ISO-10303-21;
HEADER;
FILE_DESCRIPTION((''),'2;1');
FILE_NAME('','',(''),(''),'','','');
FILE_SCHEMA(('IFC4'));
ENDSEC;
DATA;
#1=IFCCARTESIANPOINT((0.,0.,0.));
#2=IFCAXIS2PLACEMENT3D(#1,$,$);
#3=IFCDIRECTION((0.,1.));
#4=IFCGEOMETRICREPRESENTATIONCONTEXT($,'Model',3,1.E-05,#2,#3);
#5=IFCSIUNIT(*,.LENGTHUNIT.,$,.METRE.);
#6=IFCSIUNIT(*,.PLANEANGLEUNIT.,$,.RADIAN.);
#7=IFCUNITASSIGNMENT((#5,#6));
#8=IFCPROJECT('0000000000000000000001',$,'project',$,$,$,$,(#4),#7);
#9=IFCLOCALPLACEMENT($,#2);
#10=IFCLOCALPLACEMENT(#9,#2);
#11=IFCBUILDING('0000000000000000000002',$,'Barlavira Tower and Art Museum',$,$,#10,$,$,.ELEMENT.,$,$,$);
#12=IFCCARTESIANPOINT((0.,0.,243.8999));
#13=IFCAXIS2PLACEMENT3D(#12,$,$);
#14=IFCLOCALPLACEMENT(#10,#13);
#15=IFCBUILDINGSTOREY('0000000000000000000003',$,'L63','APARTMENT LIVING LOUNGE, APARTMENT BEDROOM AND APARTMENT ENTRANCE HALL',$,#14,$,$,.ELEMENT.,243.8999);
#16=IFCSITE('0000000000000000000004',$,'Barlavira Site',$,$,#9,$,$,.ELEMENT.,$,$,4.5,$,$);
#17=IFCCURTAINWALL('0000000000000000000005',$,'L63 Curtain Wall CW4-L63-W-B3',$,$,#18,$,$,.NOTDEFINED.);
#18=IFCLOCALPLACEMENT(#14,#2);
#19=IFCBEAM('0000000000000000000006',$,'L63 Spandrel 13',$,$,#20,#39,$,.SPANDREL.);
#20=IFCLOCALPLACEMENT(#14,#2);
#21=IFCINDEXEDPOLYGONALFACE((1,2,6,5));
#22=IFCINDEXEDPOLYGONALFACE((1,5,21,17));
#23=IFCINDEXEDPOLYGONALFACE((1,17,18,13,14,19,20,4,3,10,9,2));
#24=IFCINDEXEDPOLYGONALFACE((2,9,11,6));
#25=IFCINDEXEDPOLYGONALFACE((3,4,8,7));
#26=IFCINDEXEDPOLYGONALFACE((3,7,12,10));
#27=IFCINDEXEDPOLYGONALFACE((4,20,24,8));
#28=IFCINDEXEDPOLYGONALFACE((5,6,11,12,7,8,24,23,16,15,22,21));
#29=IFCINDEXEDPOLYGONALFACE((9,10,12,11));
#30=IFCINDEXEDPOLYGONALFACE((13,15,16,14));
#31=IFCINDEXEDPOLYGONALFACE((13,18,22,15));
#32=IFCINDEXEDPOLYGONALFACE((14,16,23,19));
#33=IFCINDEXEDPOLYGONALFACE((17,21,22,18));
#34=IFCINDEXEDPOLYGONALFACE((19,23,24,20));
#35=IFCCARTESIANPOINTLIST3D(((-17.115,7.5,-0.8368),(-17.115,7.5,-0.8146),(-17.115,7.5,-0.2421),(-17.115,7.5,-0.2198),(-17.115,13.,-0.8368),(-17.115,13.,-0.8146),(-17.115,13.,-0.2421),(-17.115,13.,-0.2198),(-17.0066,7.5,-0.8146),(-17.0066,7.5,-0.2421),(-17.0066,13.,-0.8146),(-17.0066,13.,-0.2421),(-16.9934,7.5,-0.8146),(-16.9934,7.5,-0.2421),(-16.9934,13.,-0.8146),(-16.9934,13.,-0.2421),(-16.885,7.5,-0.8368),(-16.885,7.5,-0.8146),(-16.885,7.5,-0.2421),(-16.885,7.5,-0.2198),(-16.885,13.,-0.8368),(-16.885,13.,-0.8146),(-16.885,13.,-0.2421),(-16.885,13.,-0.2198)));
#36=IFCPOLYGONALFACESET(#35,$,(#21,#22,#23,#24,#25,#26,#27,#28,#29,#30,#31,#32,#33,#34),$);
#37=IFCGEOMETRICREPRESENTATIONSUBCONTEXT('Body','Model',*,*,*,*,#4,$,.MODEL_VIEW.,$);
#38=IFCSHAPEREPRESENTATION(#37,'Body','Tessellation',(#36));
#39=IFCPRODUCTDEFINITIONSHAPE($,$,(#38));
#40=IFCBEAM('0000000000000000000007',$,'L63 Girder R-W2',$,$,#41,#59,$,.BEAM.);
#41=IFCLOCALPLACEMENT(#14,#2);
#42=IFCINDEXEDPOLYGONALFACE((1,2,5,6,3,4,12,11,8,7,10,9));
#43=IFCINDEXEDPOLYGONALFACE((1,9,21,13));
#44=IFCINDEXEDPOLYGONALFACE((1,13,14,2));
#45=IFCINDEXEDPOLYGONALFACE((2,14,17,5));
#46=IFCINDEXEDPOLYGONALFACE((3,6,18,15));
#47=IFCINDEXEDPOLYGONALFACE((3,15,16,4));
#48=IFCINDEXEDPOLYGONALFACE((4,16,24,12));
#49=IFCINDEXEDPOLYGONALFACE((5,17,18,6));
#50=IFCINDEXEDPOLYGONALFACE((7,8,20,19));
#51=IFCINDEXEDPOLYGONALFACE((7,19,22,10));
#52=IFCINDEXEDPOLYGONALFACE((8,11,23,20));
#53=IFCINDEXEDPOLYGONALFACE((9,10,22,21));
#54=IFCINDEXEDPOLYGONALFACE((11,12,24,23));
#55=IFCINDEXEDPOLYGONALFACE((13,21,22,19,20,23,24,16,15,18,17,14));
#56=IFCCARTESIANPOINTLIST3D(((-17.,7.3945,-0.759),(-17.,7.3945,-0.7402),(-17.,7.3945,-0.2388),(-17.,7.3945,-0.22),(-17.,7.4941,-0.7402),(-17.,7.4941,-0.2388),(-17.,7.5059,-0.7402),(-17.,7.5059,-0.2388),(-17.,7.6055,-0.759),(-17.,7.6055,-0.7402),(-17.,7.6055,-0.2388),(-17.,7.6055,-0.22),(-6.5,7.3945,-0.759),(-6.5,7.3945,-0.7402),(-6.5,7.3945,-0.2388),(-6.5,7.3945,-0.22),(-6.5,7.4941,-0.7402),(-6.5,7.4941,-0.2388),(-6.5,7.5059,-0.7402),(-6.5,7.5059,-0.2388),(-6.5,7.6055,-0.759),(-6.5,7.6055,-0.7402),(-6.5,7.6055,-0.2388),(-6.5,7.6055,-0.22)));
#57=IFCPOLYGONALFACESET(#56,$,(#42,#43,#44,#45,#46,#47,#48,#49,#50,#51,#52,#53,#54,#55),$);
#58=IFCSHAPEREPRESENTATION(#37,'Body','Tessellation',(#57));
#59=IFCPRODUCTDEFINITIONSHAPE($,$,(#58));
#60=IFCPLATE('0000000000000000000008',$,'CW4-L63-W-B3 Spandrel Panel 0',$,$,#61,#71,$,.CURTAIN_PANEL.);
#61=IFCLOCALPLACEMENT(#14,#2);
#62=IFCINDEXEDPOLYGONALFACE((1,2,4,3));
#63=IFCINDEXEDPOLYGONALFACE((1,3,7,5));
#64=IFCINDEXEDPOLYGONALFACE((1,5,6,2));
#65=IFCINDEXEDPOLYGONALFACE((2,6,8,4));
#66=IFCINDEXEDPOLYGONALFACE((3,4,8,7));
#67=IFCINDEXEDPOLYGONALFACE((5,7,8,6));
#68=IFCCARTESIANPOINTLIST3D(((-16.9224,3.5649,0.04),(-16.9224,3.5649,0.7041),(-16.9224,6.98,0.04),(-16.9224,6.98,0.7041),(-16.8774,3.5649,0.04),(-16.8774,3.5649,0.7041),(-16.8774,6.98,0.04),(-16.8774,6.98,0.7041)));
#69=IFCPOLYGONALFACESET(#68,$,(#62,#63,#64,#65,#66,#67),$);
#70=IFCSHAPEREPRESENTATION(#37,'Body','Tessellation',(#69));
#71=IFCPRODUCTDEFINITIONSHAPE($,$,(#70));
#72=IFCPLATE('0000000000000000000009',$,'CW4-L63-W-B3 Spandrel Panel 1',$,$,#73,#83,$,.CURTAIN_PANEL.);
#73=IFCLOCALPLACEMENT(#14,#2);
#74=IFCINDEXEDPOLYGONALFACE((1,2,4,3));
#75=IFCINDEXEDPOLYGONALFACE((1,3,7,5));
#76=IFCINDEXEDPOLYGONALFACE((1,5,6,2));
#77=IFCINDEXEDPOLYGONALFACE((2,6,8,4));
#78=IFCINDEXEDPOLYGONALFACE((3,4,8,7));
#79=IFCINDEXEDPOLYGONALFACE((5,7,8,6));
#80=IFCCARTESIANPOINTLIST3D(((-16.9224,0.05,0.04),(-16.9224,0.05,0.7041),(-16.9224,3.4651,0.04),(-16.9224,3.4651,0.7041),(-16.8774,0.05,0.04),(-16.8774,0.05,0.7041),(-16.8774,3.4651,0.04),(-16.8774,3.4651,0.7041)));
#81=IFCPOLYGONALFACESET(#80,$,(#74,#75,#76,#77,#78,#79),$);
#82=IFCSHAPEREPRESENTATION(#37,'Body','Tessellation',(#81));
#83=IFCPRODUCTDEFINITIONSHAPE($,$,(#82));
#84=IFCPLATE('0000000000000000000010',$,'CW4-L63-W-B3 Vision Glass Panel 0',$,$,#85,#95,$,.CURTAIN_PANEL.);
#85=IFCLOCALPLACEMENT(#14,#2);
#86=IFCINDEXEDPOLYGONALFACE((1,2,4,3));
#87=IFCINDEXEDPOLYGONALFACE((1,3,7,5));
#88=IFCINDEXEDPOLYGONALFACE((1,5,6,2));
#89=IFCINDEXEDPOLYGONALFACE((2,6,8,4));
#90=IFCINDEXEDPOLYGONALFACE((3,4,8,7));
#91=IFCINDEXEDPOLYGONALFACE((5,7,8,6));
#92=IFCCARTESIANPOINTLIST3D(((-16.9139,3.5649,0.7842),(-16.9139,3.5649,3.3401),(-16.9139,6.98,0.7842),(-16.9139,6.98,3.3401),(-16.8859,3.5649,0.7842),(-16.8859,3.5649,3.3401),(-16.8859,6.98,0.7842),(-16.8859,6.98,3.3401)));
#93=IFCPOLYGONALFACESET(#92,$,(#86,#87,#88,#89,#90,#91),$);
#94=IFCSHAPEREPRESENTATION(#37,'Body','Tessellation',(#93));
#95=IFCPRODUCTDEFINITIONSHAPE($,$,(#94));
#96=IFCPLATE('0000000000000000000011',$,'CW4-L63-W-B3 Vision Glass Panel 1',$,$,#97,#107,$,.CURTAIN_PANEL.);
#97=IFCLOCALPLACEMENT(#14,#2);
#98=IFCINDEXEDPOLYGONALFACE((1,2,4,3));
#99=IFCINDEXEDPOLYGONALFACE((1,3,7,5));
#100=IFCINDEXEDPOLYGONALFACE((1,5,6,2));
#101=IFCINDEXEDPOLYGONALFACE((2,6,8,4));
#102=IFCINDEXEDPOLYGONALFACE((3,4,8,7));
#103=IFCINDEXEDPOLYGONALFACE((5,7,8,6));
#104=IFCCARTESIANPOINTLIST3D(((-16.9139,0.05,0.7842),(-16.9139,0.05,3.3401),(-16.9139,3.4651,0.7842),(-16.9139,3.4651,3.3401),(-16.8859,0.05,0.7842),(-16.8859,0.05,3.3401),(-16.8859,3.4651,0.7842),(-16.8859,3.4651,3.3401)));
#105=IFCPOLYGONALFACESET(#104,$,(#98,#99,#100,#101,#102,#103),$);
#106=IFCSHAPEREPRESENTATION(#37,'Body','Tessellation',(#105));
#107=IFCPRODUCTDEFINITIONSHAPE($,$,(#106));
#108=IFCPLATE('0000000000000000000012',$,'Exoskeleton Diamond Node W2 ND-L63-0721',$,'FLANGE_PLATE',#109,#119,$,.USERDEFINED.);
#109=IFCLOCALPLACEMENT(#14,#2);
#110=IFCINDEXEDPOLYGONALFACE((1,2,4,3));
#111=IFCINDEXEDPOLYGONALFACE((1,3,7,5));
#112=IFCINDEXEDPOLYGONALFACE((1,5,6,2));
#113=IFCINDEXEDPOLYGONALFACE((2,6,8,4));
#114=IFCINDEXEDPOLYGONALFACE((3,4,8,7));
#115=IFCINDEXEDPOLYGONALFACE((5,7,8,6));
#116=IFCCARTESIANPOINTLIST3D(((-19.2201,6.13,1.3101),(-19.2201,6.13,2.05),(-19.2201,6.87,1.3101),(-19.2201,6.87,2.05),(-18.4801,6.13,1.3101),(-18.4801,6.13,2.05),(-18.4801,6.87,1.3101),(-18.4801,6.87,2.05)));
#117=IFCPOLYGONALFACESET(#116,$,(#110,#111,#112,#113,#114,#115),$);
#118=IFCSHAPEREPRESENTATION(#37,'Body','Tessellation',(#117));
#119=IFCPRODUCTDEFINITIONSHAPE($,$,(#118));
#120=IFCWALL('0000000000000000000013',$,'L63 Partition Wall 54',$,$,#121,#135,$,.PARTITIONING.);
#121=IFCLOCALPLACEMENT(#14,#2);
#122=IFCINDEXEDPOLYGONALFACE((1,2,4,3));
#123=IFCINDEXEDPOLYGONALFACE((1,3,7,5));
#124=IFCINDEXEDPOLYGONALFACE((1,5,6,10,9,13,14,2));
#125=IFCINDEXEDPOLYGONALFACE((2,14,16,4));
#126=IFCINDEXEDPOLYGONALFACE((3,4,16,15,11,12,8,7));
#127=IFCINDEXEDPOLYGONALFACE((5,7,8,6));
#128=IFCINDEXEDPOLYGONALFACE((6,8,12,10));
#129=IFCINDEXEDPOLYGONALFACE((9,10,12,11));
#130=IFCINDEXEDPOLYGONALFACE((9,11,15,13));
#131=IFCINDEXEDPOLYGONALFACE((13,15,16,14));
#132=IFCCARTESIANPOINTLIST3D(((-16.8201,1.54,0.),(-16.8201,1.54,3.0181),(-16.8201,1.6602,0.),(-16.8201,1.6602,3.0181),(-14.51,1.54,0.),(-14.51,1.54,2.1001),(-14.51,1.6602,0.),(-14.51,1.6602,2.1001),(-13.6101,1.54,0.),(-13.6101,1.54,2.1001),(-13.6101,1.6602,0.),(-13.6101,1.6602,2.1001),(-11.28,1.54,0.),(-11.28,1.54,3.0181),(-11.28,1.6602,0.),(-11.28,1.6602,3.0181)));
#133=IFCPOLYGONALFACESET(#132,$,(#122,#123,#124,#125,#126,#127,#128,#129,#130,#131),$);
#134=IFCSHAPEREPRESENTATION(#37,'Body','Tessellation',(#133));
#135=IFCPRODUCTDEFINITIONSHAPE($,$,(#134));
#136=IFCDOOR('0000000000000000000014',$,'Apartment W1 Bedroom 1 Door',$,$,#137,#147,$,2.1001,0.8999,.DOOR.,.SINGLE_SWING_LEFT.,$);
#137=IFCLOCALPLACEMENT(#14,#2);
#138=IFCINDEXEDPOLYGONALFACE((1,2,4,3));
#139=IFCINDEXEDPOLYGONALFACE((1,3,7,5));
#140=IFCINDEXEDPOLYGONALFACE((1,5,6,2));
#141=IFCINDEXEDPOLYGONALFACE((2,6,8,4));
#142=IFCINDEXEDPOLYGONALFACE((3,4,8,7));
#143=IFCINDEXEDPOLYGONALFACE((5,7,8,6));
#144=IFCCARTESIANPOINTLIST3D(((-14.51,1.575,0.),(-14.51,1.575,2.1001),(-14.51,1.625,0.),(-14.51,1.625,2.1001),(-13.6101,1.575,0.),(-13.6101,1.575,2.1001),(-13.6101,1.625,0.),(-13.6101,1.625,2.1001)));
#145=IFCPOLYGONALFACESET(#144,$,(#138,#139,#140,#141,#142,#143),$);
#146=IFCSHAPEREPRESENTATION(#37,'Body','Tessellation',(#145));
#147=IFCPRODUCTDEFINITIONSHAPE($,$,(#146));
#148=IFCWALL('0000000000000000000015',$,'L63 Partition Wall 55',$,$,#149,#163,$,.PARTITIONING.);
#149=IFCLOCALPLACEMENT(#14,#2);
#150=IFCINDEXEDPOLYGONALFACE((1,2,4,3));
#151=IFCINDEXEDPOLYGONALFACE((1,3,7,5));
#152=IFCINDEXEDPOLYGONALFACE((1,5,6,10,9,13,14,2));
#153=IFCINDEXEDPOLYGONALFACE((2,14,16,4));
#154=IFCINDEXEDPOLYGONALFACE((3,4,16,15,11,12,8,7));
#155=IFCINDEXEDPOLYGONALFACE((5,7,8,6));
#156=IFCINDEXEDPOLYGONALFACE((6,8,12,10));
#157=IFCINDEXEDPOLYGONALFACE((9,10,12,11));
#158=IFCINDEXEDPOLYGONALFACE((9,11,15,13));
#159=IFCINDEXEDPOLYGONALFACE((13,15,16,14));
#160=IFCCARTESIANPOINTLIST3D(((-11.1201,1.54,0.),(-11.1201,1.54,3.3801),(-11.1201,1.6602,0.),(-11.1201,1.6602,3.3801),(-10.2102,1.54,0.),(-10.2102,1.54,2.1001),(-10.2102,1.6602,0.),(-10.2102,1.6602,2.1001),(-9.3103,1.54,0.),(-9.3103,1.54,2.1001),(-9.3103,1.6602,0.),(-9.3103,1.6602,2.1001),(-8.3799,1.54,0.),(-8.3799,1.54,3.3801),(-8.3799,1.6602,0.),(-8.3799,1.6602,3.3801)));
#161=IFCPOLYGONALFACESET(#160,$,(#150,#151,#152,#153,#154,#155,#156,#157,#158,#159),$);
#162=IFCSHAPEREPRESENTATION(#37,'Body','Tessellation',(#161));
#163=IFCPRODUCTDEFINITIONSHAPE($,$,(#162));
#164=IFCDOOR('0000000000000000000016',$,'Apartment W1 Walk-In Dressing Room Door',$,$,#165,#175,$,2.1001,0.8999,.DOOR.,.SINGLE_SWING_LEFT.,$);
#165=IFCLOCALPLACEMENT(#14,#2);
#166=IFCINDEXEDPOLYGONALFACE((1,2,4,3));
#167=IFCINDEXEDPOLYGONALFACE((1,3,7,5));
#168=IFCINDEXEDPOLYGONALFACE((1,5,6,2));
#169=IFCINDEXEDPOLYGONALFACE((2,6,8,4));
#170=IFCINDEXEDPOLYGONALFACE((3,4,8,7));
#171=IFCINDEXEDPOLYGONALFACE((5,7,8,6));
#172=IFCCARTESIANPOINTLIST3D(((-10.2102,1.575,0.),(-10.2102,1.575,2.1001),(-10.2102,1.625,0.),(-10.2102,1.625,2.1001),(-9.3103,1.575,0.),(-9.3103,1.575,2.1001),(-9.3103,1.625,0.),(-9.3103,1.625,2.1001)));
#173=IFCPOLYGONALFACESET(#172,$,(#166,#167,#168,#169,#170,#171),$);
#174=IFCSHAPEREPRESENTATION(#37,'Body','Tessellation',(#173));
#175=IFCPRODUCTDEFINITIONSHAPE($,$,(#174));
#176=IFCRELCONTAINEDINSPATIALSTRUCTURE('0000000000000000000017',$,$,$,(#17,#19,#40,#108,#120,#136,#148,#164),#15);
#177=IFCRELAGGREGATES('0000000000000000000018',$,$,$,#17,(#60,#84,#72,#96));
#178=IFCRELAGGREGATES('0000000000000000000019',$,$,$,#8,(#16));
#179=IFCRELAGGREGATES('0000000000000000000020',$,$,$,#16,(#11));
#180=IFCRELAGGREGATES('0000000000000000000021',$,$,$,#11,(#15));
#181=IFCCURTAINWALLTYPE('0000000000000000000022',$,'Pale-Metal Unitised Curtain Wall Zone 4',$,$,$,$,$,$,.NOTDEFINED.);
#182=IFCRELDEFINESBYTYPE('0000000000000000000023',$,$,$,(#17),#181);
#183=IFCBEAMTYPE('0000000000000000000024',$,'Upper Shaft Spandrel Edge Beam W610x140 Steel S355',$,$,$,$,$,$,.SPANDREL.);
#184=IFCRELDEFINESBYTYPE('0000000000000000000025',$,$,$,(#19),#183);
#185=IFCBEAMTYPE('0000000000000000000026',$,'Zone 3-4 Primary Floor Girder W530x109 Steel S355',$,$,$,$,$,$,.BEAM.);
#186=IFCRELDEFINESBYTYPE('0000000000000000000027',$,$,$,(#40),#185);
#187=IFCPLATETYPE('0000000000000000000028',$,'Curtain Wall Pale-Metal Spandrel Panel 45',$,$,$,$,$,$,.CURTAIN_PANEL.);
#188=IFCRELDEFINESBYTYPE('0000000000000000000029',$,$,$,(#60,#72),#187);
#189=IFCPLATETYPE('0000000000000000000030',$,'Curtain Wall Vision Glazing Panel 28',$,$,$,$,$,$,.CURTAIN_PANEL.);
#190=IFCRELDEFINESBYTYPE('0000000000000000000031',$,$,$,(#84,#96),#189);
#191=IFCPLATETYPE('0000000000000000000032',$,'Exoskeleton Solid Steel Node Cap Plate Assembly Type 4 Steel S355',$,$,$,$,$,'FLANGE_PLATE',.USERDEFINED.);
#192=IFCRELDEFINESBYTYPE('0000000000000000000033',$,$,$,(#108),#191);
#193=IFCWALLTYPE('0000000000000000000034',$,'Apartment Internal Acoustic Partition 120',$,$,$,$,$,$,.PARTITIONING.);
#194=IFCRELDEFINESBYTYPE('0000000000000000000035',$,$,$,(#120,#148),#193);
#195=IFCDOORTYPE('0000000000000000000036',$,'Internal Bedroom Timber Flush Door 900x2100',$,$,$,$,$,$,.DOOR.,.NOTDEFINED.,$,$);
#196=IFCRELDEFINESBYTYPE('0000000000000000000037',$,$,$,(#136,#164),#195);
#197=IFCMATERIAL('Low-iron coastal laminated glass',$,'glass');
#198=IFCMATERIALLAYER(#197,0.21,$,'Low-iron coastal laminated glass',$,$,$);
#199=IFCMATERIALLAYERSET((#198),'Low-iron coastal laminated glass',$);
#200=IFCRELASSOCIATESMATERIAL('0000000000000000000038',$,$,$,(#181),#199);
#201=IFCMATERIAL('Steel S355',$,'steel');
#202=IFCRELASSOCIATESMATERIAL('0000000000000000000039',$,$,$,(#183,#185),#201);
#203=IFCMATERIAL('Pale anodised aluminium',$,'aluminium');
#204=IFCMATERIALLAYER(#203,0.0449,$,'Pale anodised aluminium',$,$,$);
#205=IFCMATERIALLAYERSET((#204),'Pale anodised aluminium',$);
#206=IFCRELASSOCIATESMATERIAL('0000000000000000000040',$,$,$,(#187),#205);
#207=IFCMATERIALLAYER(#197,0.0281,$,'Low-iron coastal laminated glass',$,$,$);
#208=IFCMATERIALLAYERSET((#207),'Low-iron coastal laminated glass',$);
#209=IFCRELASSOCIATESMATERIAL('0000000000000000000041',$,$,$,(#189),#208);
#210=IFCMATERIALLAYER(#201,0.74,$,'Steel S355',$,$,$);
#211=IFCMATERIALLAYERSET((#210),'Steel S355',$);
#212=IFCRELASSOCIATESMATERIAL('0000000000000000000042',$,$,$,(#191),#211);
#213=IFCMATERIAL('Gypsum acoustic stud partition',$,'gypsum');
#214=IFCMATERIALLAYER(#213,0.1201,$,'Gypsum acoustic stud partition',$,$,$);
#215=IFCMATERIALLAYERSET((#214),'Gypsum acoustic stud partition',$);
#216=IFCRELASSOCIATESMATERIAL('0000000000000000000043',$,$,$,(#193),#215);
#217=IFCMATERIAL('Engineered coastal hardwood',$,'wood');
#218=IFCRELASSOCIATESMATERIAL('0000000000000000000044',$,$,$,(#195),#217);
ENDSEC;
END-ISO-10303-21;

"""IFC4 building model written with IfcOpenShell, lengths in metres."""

from ifc_helpers import new_model, si_unit, direction, frame, frame_2d, origin, origin_2d, place, context, subcontext, project, spatial, rectangle, i_section, extrude, material, layer, layer_set, material_profile, profile_set, type_object, element, fill, aggregate, save


model = new_model("IFC4")

# Units and contexts
model_context = context("Model", 3, precision=1e-05, world=origin(), true_north=direction((0.0, 1.0)))
body_context = subcontext(model_context, "Body", "Model", "MODEL_VIEW")
ifc_project = project(units=[si_unit("LENGTHUNIT", "METRE"), si_unit("PLANEANGLEUNIT", "RADIAN")], contexts=[model_context])

# Site, building, storey
site_placement = place(None, origin())
site = spatial("IfcSite", under=ifc_project, at=site_placement, Name="Barlavira Site", CompositionType="ELEMENT", RefElevation=4.5)
building_placement = place(site_placement, origin())
building = spatial("IfcBuilding", under=site, at=building_placement, Name="Barlavira Tower and Art Museum", CompositionType="ELEMENT")
storey_placement = place(building_placement, frame((0.0, 0.0, 243.8999)))
storey = spatial("IfcBuildingStorey", under=building, at=storey_placement, Name="L63", Description="APARTMENT LIVING LOUNGE, APARTMENT BEDROOM AND APARTMENT ENTRANCE HALL", CompositionType="ELEMENT", Elevation=243.8999)

# Curtain wall
ifc_material_1 = material(Name="Low-iron coastal laminated glass", Category="glass")
ifc_layer_1 = layer(ifc_material_1, 0.21, Name="Low-iron coastal laminated glass")
ifc_layer_set_1 = layer_set([ifc_layer_1], Name="Low-iron coastal laminated glass")
curtain_wall_type = type_object("IfcCurtainWallType", Name="Pale-Metal Unitised Curtain Wall Zone 4", PredefinedType="NOTDEFINED", material=ifc_layer_set_1)
curtain_wall_placement = place(storey_placement, origin())
curtain_wall = element("IfcCurtainWall", 1, at=curtain_wall_placement, inside=storey, type_object=curtain_wall_type, Name="L63 Curtain Wall CW4-L63-W-B3", PredefinedType="NOTDEFINED")
ifc_material_2 = material(Name="Pale anodised aluminium", Category="aluminium")

# Beams
ifc_material_3 = material(Name="Steel S355", Category="steel")
ifc_material_profile_1 = material_profile(ifc_material_3, i_section(OverallWidth=0.23, OverallDepth=0.6169, WebThickness=0.0132, FlangeThickness=0.0222, at=origin_2d()), Name="W610x140.0")
ifc_profile_set_1 = profile_set([ifc_material_profile_1], Name="Steel S355")
beam_type_1 = type_object("IfcBeamType", Name="Upper Shaft Spandrel Edge Beam W610x140 Steel S355", PredefinedType="SPANDREL", material=ifc_profile_set_1)
beam_1_placement = place(storey_placement, frame((-17.0, 7.5, -0.5283), z_axis=(0.0, 1.0, 0.0), x_axis=(-1.0, 0.0, 0.0)))
element("IfcBeam", 2, at=beam_1_placement, inside=storey, type_object=beam_type_1, Name="L63 Spandrel 13", PredefinedType="SPANDREL", context=body_context, shape_type="SweptSolid", body=[
    extrude(i_section(OverallWidth=0.23, OverallDepth=0.6169, WebThickness=0.0132, FlangeThickness=0.0222, at=origin_2d()), origin(), (0.0, 0.0, 1.0), 5.5),
])
ifc_material_profile_2 = material_profile(ifc_material_3, i_section(OverallWidth=0.2109, OverallDepth=0.5391, WebThickness=0.0117, FlangeThickness=0.0188, at=origin_2d()), Name="W530x109.0")
ifc_profile_set_2 = profile_set([ifc_material_profile_2], Name="Steel S355")
beam_type_2 = type_object("IfcBeamType", Name="Zone 3-4 Primary Floor Girder W530x109 Steel S355", PredefinedType="BEAM", material=ifc_profile_set_2)
beam_2_placement = place(storey_placement, frame((-17.0, 7.5, -0.4895), z_axis=(1.0, 0.0, 0.0), x_axis=(0.0, 1.0, 0.0)))
element("IfcBeam", 3, at=beam_2_placement, inside=storey, type_object=beam_type_2, Name="L63 Girder R-W2", PredefinedType="BEAM", context=body_context, shape_type="SweptSolid", body=[
    extrude(i_section(OverallWidth=0.2109, OverallDepth=0.5391, WebThickness=0.0117, FlangeThickness=0.0188, at=origin_2d()), origin(), (0.0, 0.0, 1.0), 10.5),
])

# Plates
ifc_layer_2 = layer(ifc_material_2, 0.0449, Name="Pale anodised aluminium")
ifc_layer_set_2 = layer_set([ifc_layer_2], Name="Pale anodised aluminium")
plate_type_1 = type_object("IfcPlateType", Name="Curtain Wall Pale-Metal Spandrel Panel 45", PredefinedType="CURTAIN_PANEL", material=ifc_layer_set_2)
plate_1_placement = place(storey_placement, frame((-16.8999, 5.2725, 0.04), z_axis=(0.0, 0.0, 1.0), x_axis=(0.0, -1.0, 0.0)))
plate_1 = element("IfcPlate", 4, at=plate_1_placement, type_object=plate_type_1, Name="CW4-L63-W-B3 Spandrel Panel 0", PredefinedType="CURTAIN_PANEL", context=body_context, shape_type="SweptSolid", body=[
    extrude(rectangle(XDim=3.415, YDim=0.0449, at=origin_2d()), origin(), (0.0, 0.0, 1.0), 0.6641),
])
plate_2_placement = place(storey_placement, frame((-16.8999, 1.7576, 0.04), z_axis=(0.0, 0.0, 1.0), x_axis=(0.0, -1.0, 0.0)))
plate_2 = element("IfcPlate", 5, at=plate_2_placement, type_object=plate_type_1, Name="CW4-L63-W-B3 Spandrel Panel 1", PredefinedType="CURTAIN_PANEL", context=body_context, shape_type="SweptSolid", body=[
    extrude(rectangle(XDim=3.415, YDim=0.0449, at=origin_2d()), origin(), (0.0, 0.0, 1.0), 0.6641),
])
ifc_layer_3 = layer(ifc_material_1, 0.0281, Name="Low-iron coastal laminated glass")
ifc_layer_set_3 = layer_set([ifc_layer_3], Name="Low-iron coastal laminated glass")
plate_type_2 = type_object("IfcPlateType", Name="Curtain Wall Vision Glazing Panel 28", PredefinedType="CURTAIN_PANEL", material=ifc_layer_set_3)
plate_3_placement = place(storey_placement, frame((-16.8999, 5.2725, 0.7842), z_axis=(0.0, 0.0, 1.0), x_axis=(0.0, -1.0, 0.0)))
plate_3 = element("IfcPlate", 6, at=plate_3_placement, type_object=plate_type_2, Name="CW4-L63-W-B3 Vision Glass Panel 0", PredefinedType="CURTAIN_PANEL", context=body_context, shape_type="SweptSolid", body=[
    extrude(rectangle(XDim=3.415, YDim=0.0281, at=origin_2d()), origin(), (0.0, 0.0, 1.0), 2.5559),
])
plate_4_placement = place(storey_placement, frame((-16.8999, 1.7576, 0.7842), z_axis=(0.0, 0.0, 1.0), x_axis=(0.0, -1.0, 0.0)))
plate_4 = element("IfcPlate", 7, at=plate_4_placement, type_object=plate_type_2, Name="CW4-L63-W-B3 Vision Glass Panel 1", PredefinedType="CURTAIN_PANEL", context=body_context, shape_type="SweptSolid", body=[
    extrude(rectangle(XDim=3.415, YDim=0.0281, at=origin_2d()), origin(), (0.0, 0.0, 1.0), 2.5559),
])
aggregate(curtain_wall, [plate_1, plate_3, plate_2, plate_4])
ifc_layer_4 = layer(ifc_material_3, 0.74, Name="Steel S355")
ifc_layer_set_4 = layer_set([ifc_layer_4], Name="Steel S355")
plate_type_3 = type_object("IfcPlateType", Name="Exoskeleton Solid Steel Node Cap Plate Assembly Type 4 Steel S355", ElementType="FLANGE_PLATE", PredefinedType="USERDEFINED", material=ifc_layer_set_4)
plate_5_placement = place(storey_placement, frame((-18.8501, 6.5, 1.3101), z_axis=(0.0, 0.0, 1.0), x_axis=(1.0, 0.0, 0.0)))
element("IfcPlate", 8, at=plate_5_placement, inside=storey, type_object=plate_type_3, Name="Exoskeleton Diamond Node W2 ND-L63-0721", ObjectType="FLANGE_PLATE", PredefinedType="USERDEFINED", context=body_context, shape_type="SweptSolid", body=[
    extrude(rectangle(XDim=0.74, YDim=0.74, at=origin_2d()), origin(), (0.0, 0.0, 1.0), 0.74),
])

# Walls, openings, doors
ifc_material_4 = material(Name="Gypsum acoustic stud partition", Category="gypsum")
ifc_layer_5 = layer(ifc_material_4, 0.1201, Name="Gypsum acoustic stud partition")
ifc_layer_set_5 = layer_set([ifc_layer_5], Name="Gypsum acoustic stud partition")
wall_type_1 = type_object("IfcWallType", Name="Apartment Internal Acoustic Partition 120", PredefinedType="PARTITIONING", material=ifc_layer_set_5)
wall_1_placement = place(storey_placement, frame((-16.8201, 1.6001, 0.0), z_axis=(0.0, 0.0, 1.0), x_axis=(1.0, 0.0, 0.0)))
wall_1 = element("IfcWall", 9, at=wall_1_placement, inside=storey, type_object=wall_type_1, Name="L63 Partition Wall 54", PredefinedType="PARTITIONING", context=body_context, shape_type="SweptSolid", body=[
    extrude(rectangle(XDim=5.54, YDim=0.1201, at=frame_2d((2.77, 0.0))), origin(), (0.0, 0.0, 1.0), 3.0181),
])
opening_1_placement = place(wall_1_placement, frame((2.3101, 0.0, 0.0)))
opening_1 = element("IfcOpeningElement", 10, at=opening_1_placement, cuts=wall_1, PredefinedType="OPENING", context=body_context, shape_type="SweptSolid", body=[
    extrude(rectangle(XDim=0.8999, YDim=2.1001, at=frame_2d((0.45, 1.05))), frame((0.0, 0.0701, 0.0), z_axis=(0.0, -1.0, 0.0), x_axis=(1.0, 0.0, 0.0)), (0.0, 0.0, 1.0), 0.1401),
])
ifc_material_5 = material(Name="Engineered coastal hardwood", Category="wood")
door_type = type_object("IfcDoorType", Name="Internal Bedroom Timber Flush Door 900x2100", OperationType="NOTDEFINED", PredefinedType="DOOR", material=ifc_material_5)
door_1_placement = place(opening_1_placement, origin())
door_1 = element("IfcDoor", 11, at=door_1_placement, inside=storey, type_object=door_type, Name="Apartment W1 Bedroom 1 Door", OperationType="SINGLE_SWING_LEFT", OverallHeight=2.1001, OverallWidth=0.8999, PredefinedType="DOOR", context=body_context, shape_type="SweptSolid", body=[
    extrude(rectangle(XDim=0.8999, YDim=2.1001, at=frame_2d((0.45, 1.05))), frame((0.0, 0.0249, 0.0), z_axis=(0.0, -1.0, 0.0), x_axis=(1.0, 0.0, 0.0)), (0.0, 0.0, 1.0), 0.05),
])
fill(opening_1, door_1)
wall_2_placement = place(storey_placement, frame((-11.1201, 1.6001, 0.0), z_axis=(0.0, 0.0, 1.0), x_axis=(1.0, 0.0, 0.0)))
wall_2 = element("IfcWall", 12, at=wall_2_placement, inside=storey, type_object=wall_type_1, Name="L63 Partition Wall 55", PredefinedType="PARTITIONING", context=body_context, shape_type="SweptSolid", body=[
    extrude(rectangle(XDim=2.7402, YDim=0.1201, at=frame_2d((1.3701, 0.0))), origin(), (0.0, 0.0, 1.0), 3.3801),
])
opening_2_placement = place(wall_2_placement, frame((0.9099, 0.0, 0.0)))
opening_2 = element("IfcOpeningElement", 13, at=opening_2_placement, cuts=wall_2, PredefinedType="OPENING", context=body_context, shape_type="SweptSolid", body=[
    extrude(rectangle(XDim=0.8999, YDim=2.1001, at=frame_2d((0.45, 1.05))), frame((0.0, 0.0701, 0.0), z_axis=(0.0, -1.0, 0.0), x_axis=(1.0, 0.0, 0.0)), (0.0, 0.0, 1.0), 0.1401),
])
door_2_placement = place(opening_2_placement, origin())
door_2 = element("IfcDoor", 14, at=door_2_placement, inside=storey, type_object=door_type, Name="Apartment W1 Walk-In Dressing Room Door", OperationType="SINGLE_SWING_LEFT", OverallHeight=2.1001, OverallWidth=0.8999, PredefinedType="DOOR", context=body_context, shape_type="SweptSolid", body=[
    extrude(rectangle(XDim=0.8999, YDim=2.1001, at=frame_2d((0.45, 1.05))), frame((0.0, 0.0249, 0.0), z_axis=(0.0, -1.0, 0.0), x_axis=(1.0, 0.0, 0.0)), (0.0, 0.0, 1.0), 0.05),
])
fill(opening_2, door_2)

save(model, "model.ifc")
